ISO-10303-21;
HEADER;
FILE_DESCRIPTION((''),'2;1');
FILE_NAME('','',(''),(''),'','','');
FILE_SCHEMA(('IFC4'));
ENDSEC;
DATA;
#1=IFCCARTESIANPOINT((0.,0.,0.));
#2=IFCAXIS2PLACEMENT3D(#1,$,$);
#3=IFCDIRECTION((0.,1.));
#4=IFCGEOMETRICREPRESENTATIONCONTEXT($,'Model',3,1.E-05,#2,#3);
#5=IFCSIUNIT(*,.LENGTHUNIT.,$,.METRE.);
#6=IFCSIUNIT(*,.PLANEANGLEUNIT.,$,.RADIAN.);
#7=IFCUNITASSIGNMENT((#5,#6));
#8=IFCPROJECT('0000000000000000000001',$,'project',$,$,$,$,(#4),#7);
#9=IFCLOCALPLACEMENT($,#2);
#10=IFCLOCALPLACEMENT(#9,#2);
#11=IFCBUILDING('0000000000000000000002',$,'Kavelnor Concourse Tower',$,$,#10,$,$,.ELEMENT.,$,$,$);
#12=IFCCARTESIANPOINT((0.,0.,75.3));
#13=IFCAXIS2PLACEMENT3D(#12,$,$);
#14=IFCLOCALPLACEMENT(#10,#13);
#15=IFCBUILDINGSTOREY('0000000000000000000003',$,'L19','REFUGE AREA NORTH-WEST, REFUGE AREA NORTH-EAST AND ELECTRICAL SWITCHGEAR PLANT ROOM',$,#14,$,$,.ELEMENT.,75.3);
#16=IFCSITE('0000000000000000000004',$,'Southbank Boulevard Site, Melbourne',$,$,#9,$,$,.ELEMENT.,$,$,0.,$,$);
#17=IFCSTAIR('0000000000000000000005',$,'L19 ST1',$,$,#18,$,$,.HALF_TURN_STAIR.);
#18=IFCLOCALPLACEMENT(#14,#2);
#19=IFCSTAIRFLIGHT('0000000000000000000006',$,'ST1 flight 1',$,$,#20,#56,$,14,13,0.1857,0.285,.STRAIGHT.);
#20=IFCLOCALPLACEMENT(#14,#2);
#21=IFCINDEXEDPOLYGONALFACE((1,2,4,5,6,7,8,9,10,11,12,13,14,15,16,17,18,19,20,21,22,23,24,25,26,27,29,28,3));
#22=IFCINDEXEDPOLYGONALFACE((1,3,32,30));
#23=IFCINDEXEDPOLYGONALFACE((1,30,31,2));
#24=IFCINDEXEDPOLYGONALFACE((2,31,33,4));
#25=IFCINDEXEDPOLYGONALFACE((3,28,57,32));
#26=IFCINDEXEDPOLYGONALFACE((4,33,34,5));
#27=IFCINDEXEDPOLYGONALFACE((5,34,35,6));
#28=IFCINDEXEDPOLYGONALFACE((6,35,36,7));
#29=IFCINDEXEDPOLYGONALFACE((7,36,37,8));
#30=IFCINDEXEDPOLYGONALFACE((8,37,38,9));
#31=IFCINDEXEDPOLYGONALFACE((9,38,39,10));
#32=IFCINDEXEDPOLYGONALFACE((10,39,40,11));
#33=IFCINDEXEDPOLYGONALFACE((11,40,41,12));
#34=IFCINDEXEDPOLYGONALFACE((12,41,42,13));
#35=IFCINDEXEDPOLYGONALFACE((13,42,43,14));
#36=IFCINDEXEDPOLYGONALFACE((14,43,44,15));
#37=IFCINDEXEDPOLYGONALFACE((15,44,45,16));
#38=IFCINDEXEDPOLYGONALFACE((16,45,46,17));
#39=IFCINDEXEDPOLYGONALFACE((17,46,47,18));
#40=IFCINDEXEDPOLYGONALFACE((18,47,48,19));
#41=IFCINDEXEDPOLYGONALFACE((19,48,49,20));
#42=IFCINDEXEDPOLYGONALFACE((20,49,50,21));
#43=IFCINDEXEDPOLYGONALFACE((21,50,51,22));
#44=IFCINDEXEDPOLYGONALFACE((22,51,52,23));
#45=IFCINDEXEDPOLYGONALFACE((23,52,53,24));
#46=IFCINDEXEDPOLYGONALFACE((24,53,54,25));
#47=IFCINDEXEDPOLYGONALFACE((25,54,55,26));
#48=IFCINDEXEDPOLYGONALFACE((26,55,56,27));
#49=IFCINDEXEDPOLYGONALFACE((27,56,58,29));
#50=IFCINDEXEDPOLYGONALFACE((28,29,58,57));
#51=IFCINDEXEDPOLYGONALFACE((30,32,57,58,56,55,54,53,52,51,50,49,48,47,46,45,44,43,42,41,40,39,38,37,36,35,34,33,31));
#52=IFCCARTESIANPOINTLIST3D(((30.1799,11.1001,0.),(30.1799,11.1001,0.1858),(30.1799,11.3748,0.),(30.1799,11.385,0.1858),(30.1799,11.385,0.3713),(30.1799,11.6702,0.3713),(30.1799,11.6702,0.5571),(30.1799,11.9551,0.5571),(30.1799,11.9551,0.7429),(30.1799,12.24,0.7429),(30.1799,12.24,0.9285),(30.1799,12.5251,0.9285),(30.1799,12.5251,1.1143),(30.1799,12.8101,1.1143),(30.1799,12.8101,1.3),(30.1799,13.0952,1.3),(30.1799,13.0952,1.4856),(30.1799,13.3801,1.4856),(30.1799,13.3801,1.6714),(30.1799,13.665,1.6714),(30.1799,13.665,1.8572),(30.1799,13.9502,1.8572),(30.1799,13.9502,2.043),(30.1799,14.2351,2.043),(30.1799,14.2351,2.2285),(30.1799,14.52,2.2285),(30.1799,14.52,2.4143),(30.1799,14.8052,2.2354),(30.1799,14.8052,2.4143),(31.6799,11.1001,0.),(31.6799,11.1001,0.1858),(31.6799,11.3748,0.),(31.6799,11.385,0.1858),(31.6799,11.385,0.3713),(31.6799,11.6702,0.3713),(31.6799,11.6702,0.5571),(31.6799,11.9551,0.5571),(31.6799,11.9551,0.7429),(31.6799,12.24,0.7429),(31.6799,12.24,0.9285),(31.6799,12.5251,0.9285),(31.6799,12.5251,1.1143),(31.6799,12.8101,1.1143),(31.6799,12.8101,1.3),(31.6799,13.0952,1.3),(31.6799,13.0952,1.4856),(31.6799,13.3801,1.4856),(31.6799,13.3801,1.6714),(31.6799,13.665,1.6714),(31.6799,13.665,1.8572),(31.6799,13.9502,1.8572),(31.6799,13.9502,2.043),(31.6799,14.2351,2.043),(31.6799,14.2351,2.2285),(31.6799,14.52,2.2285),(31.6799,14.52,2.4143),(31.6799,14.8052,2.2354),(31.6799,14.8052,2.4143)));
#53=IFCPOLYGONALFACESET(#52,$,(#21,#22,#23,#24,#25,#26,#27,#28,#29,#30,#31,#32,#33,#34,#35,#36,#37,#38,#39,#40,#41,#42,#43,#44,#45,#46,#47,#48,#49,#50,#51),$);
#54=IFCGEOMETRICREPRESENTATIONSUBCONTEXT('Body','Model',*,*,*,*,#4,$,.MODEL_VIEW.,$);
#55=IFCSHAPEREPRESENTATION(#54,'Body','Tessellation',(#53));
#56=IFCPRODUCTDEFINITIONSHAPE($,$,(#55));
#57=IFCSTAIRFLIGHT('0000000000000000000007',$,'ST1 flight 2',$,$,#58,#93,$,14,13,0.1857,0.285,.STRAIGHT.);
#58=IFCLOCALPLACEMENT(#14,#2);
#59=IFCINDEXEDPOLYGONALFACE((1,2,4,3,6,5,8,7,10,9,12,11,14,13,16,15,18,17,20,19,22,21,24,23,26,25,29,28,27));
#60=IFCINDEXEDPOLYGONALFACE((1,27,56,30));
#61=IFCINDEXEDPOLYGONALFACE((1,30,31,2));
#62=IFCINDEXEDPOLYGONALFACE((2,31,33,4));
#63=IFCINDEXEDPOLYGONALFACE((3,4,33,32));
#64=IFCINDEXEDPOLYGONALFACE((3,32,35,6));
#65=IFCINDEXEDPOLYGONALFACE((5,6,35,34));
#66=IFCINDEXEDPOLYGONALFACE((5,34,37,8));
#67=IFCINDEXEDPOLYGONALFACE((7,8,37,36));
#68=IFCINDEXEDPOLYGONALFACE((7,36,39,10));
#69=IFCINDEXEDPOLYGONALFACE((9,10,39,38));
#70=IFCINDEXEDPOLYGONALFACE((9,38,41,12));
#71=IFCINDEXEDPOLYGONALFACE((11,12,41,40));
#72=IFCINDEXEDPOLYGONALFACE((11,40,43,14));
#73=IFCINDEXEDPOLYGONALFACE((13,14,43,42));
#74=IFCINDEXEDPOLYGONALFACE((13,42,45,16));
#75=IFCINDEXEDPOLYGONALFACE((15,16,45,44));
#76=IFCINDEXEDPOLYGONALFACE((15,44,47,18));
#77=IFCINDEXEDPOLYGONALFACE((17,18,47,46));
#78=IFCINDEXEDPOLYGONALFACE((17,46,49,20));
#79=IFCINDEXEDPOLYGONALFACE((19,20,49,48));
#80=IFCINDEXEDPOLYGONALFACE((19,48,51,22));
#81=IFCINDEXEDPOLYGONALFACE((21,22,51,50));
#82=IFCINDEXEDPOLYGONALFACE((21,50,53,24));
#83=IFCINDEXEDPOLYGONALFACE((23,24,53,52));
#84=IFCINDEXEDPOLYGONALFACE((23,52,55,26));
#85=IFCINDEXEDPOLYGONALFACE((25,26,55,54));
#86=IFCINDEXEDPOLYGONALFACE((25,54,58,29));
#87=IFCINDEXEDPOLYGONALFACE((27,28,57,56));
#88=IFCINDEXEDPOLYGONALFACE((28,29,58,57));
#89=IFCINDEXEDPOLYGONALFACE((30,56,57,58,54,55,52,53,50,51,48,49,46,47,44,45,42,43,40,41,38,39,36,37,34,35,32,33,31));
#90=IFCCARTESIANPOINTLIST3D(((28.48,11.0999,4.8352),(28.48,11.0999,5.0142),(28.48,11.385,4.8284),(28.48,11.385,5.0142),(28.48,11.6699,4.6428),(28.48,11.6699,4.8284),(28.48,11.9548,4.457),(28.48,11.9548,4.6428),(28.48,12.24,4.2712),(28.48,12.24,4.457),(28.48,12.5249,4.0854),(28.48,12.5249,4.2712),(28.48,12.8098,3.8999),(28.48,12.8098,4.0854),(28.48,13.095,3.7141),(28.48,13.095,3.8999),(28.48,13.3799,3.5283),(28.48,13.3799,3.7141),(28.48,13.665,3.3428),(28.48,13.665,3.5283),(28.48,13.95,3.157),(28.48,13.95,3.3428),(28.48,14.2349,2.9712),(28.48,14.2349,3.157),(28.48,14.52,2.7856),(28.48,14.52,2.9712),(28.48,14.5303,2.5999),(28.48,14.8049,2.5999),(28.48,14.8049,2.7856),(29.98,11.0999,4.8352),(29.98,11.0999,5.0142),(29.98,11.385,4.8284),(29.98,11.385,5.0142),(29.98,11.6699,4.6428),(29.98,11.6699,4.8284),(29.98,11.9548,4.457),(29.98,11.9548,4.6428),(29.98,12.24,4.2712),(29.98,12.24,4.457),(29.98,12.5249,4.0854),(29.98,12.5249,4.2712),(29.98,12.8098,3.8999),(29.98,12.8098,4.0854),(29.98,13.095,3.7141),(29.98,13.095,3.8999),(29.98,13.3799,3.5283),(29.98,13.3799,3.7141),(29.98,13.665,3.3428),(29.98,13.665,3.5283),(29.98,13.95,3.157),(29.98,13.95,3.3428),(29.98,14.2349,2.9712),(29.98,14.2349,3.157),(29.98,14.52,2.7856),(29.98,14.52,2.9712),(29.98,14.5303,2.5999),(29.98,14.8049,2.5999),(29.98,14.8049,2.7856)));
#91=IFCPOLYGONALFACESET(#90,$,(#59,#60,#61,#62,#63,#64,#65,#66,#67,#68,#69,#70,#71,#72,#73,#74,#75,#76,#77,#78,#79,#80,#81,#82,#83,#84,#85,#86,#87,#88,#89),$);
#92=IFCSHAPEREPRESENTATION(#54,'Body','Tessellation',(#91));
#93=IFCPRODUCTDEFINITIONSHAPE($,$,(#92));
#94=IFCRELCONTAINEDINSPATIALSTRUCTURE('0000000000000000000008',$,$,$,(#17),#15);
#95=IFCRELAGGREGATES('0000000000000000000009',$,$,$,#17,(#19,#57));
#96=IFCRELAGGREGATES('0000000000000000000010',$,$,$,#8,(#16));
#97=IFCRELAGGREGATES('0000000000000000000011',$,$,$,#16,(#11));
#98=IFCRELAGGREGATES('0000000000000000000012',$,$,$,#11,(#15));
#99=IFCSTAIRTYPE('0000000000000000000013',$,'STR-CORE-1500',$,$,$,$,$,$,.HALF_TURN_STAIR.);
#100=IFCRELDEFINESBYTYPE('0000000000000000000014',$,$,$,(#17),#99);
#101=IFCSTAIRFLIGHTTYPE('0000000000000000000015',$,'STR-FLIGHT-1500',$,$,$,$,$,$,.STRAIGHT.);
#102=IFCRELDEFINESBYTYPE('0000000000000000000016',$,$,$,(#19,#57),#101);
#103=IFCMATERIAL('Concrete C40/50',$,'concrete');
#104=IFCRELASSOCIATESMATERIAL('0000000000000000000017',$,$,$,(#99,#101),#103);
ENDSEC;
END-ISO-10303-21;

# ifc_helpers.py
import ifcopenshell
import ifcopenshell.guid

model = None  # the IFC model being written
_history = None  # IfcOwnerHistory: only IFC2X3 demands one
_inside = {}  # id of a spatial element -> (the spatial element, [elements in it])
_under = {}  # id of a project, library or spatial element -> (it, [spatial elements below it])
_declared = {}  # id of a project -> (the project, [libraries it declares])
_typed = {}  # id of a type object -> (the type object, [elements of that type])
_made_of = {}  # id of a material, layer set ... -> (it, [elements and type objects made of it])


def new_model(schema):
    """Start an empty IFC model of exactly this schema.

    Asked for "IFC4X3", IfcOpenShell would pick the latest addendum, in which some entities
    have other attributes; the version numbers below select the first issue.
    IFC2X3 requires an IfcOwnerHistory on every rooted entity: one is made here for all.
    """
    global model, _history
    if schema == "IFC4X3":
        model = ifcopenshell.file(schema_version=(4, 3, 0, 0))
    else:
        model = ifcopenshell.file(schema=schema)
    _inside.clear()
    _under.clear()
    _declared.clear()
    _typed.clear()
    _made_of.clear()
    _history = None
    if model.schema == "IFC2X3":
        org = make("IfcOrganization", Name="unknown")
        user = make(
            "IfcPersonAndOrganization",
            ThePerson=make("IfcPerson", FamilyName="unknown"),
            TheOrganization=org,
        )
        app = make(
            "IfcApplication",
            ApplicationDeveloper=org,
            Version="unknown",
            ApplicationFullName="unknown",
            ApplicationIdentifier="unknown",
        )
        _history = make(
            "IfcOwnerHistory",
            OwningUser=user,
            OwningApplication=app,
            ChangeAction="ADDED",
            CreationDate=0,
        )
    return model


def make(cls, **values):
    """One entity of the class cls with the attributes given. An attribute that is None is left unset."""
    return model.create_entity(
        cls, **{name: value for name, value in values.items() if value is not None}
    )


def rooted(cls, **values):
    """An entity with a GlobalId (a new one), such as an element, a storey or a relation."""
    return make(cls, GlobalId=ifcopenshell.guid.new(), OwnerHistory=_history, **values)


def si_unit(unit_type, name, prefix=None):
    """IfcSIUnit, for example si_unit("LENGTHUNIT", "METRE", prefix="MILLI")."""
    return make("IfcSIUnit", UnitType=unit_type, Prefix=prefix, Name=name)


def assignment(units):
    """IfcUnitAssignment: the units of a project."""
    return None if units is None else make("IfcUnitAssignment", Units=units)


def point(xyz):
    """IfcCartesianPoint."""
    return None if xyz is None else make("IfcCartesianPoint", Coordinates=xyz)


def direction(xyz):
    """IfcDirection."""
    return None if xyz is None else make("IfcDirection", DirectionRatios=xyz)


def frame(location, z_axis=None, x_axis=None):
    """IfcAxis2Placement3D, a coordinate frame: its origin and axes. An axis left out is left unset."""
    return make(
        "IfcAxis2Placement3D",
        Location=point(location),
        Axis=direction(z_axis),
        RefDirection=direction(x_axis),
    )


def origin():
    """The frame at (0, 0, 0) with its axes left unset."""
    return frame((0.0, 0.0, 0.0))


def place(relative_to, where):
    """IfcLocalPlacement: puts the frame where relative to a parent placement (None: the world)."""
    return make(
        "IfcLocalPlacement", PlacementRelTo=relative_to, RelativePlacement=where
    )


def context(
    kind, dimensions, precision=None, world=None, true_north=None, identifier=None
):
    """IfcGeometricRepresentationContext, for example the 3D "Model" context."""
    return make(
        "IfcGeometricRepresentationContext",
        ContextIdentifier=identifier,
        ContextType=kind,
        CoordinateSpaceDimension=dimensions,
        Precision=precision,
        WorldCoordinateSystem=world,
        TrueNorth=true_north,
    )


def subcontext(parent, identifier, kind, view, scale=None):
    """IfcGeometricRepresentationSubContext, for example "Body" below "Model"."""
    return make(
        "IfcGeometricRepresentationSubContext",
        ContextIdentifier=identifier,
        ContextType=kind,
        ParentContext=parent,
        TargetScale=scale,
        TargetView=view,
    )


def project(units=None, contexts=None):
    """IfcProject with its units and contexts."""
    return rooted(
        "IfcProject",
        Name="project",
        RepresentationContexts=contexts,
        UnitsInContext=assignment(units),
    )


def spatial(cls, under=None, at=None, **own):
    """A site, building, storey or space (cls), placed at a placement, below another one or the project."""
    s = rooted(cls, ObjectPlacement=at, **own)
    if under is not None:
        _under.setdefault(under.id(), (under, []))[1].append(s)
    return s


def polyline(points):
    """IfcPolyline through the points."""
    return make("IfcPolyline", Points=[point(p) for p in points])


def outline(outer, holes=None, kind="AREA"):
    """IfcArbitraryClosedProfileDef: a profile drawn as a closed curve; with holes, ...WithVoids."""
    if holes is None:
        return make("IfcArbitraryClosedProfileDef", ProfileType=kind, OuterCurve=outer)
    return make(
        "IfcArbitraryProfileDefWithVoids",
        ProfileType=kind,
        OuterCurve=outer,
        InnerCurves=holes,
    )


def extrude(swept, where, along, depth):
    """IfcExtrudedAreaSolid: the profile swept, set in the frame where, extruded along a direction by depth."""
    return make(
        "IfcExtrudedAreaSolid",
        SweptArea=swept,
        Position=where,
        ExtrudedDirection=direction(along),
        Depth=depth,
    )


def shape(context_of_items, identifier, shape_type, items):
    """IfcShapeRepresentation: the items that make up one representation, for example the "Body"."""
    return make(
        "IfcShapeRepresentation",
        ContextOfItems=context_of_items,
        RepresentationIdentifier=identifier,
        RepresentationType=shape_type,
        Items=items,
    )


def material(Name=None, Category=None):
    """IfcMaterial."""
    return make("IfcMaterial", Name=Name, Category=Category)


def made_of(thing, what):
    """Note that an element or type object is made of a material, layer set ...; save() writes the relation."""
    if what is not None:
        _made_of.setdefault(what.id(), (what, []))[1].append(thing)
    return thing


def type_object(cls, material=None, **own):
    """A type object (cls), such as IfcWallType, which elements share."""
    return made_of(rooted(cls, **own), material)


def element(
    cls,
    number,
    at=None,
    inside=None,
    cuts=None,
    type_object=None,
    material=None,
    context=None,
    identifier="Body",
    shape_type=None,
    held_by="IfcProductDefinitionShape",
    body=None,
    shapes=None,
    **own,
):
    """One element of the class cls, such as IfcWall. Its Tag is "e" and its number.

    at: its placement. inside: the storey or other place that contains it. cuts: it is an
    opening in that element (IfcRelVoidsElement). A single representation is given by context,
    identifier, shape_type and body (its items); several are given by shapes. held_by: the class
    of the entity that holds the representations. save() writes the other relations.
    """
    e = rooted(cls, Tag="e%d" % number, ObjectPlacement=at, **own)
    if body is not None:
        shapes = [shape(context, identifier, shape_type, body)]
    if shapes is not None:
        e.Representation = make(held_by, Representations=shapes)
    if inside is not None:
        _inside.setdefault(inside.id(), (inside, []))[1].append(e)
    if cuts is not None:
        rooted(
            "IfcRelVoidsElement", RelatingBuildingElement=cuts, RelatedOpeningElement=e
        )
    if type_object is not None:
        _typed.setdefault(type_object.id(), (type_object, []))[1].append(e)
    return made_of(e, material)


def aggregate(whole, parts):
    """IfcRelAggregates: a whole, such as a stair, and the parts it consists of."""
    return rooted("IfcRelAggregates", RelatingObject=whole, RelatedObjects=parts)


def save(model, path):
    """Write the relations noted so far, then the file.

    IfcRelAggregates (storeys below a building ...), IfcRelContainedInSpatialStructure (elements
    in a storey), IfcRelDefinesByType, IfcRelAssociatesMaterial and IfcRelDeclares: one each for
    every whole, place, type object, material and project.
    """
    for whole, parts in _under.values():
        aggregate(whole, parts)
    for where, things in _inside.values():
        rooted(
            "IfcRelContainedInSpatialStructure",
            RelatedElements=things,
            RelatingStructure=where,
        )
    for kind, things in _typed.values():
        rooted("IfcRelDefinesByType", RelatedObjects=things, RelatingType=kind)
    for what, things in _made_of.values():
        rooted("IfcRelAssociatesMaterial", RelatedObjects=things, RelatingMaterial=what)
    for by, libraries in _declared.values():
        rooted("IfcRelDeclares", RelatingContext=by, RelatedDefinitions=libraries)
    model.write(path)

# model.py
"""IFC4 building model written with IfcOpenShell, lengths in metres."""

from ifc_helpers import new_model, si_unit, direction, frame, origin, place, context, subcontext, project, spatial, polyline, outline, extrude, material, type_object, element, aggregate, save


model = new_model("IFC4")

# Units and contexts
model_context = context("Model", 3, precision=1e-05, world=origin(), true_north=direction((0.0, 1.0)))
body_context = subcontext(model_context, "Body", "Model", "MODEL_VIEW")
ifc_project = project(units=[si_unit("LENGTHUNIT", "METRE"), si_unit("PLANEANGLEUNIT", "RADIAN")], contexts=[model_context])

# Site, building, storey
site_placement = place(None, origin())
site = spatial("IfcSite", under=ifc_project, at=site_placement, Name="Southbank Boulevard Site, Melbourne", CompositionType="ELEMENT", RefElevation=0.0)
building_placement = place(site_placement, origin())
building = spatial("IfcBuilding", under=site, at=building_placement, Name="Kavelnor Concourse Tower", CompositionType="ELEMENT")
storey_placement = place(building_placement, frame((0.0, 0.0, 75.3)))
storey = spatial("IfcBuildingStorey", under=building, at=storey_placement, Name="L19", Description="REFUGE AREA NORTH-WEST, REFUGE AREA NORTH-EAST AND ELECTRICAL SWITCHGEAR PLANT ROOM", CompositionType="ELEMENT", Elevation=75.3)

# Stair, stair flights
ifc_material_1 = material(Name="Concrete C40/50", Category="concrete")
stair_type = type_object("IfcStairType", Name="STR-CORE-1500", PredefinedType="HALF_TURN_STAIR", material=ifc_material_1)
stair_placement = place(storey_placement, origin())
stair = element("IfcStair", 1, at=stair_placement, inside=storey, type_object=stair_type, Name="L19 ST1", PredefinedType="HALF_TURN_STAIR")
stair_flight_type = type_object("IfcStairFlightType", Name="STR-FLIGHT-1500", PredefinedType="STRAIGHT", material=ifc_material_1)
stair_flight_1_placement = place(storey_placement, frame((30.9299, 11.1001, 0.0), z_axis=(0.0, 0.0, 1.0), x_axis=(0.0, 1.0, 0.0)))
stair_flight_1 = element("IfcStairFlight", 2, at=stair_flight_1_placement, type_object=stair_flight_type, Name="ST1 flight 1", NumberOfRisers=14, NumberOfTreads=13, PredefinedType="STRAIGHT", RiserHeight=0.1857, TreadLength=0.285, context=body_context, shape_type="SweptSolid", body=[
    extrude(outline(polyline([(0.0, 0.0), (0.0, 0.1858), (0.2849, 0.1858), (0.2849, 0.3713), (0.5701, 0.3713), (0.5701, 0.5571), (0.855, 0.5571), (0.855, 0.7429), (1.1399, 0.7429), (1.1399, 0.9285), (1.425, 0.9285), (1.425, 1.1143), (1.71, 1.1143), (1.71, 1.3), (1.9951, 1.3), (1.9951, 1.4856), (2.28, 1.4856), (2.28, 1.6714), (2.5649, 1.6714), (2.5649, 1.8572), (2.8501, 1.8572), (2.8501, 2.043), (3.135, 2.043), (3.135, 2.2285), (3.4199, 2.2285), (3.4199, 2.4143), (3.7051, 2.4143), (3.7051, 2.6001), (3.7051, 2.2354), (0.2747, 0.0), (0.0, 0.0)])), frame((0.0, 0.75, 0.0), z_axis=(0.0, -1.0, 0.0), x_axis=(1.0, 0.0, 0.0)), (0.0, 0.0, 1.0), 1.5),
])
stair_flight_2_placement = place(storey_placement, frame((29.23, 14.8049, 2.5999), z_axis=(0.0, 0.0, 1.0), x_axis=(0.0, -1.0, 0.0)))
stair_flight_2 = element("IfcStairFlight", 3, at=stair_flight_2_placement, type_object=stair_flight_type, Name="ST1 flight 2", NumberOfRisers=14, NumberOfTreads=13, PredefinedType="STRAIGHT", RiserHeight=0.1857, TreadLength=0.285, context=body_context, shape_type="SweptSolid", body=[
    extrude(outline(polyline([(0.0, 0.0), (0.0, 0.1858), (0.2849, 0.1858), (0.2849, 0.3713), (0.5701, 0.3713), (0.5701, 0.5571), (0.855, 0.5571), (0.855, 0.7429), (1.1399, 0.7429), (1.1399, 0.9285), (1.425, 0.9285), (1.425, 1.1143), (1.71, 1.1143), (1.71, 1.3), (1.9951, 1.3), (1.9951, 1.4856), (2.28, 1.4856), (2.28, 1.6714), (2.5649, 1.6714), (2.5649, 1.8572), (2.8501, 1.8572), (2.8501, 2.043), (3.135, 2.043), (3.135, 2.2285), (3.4199, 2.2285), (3.4199, 2.4143), (3.7051, 2.4143), (3.7051, 2.6001), (3.7051, 2.2354), (0.2747, 0.0), (0.0, 0.0)])), frame((0.0, 0.75, 0.0), z_axis=(0.0, -1.0, 0.0), x_axis=(1.0, 0.0, 0.0)), (0.0, 0.0, 1.0), 1.5),
])
aggregate(stair, [stair_flight_1, stair_flight_2])

save(model, "model.ifc")
